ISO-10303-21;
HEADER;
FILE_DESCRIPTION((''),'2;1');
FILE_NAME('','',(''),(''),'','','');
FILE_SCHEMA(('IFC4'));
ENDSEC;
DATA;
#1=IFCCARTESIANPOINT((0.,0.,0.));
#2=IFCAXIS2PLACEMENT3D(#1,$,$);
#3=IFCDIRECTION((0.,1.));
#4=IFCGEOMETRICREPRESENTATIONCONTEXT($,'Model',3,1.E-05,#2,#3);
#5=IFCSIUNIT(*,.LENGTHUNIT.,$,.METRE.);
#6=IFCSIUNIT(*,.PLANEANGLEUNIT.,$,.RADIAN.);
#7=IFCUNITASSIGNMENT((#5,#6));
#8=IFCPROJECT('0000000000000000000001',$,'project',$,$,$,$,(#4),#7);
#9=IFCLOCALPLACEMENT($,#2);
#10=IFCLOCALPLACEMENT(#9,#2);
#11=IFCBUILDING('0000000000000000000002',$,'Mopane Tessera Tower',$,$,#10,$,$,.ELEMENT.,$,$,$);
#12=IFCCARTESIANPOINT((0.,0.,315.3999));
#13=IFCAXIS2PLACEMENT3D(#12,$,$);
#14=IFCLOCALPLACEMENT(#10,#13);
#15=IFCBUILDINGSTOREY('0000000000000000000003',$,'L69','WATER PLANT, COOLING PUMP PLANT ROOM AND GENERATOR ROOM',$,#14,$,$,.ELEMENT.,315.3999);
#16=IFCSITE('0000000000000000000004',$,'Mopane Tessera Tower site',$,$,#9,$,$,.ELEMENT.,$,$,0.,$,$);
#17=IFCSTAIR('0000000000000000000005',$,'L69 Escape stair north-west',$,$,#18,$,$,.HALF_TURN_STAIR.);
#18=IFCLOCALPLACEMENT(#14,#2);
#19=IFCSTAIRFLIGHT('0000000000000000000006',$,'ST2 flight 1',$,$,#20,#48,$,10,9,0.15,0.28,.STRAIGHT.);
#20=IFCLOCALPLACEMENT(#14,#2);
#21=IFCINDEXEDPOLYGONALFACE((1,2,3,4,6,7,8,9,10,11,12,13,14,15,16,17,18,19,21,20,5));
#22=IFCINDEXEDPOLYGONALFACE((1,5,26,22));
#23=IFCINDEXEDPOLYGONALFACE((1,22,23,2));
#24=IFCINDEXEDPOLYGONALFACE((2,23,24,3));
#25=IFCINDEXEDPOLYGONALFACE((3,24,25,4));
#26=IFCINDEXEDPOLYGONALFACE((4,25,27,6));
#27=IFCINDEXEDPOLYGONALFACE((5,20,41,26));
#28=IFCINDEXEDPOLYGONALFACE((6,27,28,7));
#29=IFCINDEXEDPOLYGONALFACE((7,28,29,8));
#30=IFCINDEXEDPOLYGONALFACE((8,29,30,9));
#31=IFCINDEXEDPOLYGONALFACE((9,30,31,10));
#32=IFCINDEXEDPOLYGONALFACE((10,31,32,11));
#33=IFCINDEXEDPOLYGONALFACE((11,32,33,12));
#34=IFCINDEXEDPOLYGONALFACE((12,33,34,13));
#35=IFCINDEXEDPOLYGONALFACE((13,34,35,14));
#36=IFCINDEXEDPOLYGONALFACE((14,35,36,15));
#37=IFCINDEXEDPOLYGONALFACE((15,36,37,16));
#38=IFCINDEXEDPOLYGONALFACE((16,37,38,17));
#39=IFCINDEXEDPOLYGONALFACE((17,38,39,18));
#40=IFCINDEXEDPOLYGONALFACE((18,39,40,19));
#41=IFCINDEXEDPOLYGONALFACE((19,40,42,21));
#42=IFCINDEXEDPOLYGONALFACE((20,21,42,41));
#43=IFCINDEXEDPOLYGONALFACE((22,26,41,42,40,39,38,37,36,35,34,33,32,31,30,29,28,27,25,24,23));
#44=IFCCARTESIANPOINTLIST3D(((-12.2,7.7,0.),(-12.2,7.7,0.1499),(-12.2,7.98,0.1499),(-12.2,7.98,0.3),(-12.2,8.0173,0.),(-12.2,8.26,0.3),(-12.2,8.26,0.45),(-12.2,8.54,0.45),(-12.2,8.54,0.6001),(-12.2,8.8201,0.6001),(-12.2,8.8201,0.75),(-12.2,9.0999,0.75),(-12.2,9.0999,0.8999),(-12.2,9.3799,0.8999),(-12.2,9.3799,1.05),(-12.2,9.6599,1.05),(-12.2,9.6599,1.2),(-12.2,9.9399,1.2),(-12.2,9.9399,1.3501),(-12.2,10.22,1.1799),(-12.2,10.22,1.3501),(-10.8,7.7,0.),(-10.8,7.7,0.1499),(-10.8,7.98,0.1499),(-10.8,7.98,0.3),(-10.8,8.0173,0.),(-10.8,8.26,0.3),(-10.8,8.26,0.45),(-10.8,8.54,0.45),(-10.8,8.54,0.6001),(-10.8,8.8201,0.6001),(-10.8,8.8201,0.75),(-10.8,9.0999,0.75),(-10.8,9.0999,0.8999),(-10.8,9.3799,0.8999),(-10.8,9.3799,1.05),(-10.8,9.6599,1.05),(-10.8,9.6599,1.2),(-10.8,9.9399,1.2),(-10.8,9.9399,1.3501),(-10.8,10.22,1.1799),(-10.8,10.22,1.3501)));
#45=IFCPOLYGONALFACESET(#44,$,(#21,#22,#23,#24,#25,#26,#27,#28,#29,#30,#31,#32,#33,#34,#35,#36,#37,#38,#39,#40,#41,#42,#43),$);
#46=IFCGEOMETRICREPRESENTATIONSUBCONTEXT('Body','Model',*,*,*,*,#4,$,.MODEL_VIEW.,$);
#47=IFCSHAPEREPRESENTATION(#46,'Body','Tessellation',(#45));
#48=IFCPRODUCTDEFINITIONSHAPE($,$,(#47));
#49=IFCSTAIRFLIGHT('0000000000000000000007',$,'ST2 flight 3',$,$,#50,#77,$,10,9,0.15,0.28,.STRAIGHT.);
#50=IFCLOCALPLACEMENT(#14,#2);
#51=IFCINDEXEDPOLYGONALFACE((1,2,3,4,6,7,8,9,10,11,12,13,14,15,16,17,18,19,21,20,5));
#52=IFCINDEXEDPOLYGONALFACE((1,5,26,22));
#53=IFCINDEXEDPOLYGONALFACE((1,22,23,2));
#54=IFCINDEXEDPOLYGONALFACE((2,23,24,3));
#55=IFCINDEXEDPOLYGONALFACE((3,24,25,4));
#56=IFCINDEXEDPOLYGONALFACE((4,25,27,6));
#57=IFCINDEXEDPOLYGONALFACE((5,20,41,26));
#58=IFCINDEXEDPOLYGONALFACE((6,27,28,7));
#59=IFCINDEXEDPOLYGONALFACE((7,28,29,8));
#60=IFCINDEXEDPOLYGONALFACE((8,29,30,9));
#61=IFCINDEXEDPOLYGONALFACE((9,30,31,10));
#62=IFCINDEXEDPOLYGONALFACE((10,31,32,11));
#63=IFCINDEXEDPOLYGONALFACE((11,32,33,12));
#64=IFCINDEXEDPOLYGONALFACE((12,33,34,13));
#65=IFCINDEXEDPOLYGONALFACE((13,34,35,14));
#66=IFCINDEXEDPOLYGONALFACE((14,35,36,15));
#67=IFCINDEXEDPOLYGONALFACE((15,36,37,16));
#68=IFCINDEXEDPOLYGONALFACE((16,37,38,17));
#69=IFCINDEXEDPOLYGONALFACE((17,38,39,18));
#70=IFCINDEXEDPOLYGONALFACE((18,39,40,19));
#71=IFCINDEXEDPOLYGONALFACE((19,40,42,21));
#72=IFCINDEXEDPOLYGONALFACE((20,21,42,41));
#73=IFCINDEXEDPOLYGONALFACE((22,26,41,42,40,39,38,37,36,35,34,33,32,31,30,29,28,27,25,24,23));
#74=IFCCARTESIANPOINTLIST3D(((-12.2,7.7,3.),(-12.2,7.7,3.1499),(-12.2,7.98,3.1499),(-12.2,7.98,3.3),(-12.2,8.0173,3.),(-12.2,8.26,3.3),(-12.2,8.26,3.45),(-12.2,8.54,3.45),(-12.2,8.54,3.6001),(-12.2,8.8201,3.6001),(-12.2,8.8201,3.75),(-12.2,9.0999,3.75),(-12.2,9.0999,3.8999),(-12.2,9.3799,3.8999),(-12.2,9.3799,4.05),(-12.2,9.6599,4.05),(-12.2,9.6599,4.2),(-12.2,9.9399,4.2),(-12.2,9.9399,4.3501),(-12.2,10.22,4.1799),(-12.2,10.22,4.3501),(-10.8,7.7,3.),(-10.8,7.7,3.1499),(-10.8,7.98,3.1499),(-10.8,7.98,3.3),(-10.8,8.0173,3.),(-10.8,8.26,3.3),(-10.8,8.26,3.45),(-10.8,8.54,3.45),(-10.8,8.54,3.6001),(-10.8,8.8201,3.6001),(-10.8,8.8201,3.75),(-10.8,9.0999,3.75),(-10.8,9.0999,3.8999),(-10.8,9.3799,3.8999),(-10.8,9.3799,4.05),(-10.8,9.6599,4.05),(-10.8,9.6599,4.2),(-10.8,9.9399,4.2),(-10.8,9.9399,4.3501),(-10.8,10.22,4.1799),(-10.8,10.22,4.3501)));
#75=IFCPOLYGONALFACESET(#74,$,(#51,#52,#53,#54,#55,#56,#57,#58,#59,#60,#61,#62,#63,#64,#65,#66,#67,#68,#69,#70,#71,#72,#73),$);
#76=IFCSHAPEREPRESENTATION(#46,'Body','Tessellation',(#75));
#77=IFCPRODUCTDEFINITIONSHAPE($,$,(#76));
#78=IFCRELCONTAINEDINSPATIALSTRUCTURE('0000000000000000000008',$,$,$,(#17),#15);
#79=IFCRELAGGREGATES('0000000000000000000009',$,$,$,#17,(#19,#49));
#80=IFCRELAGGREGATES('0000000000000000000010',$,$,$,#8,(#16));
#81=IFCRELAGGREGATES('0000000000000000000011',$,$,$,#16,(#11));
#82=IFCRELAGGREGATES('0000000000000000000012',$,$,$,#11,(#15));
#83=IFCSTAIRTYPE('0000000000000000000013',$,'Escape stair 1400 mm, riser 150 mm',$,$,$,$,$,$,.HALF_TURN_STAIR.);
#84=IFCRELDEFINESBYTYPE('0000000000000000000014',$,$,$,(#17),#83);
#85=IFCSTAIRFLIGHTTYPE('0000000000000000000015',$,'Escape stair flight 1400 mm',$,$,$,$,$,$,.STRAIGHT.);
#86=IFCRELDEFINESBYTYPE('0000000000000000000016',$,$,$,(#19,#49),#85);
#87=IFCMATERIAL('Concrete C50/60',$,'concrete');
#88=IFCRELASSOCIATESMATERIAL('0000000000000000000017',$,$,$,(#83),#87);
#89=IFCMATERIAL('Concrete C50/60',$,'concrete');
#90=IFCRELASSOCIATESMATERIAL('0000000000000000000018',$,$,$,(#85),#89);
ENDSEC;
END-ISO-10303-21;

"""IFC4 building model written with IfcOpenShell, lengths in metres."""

from ifc_helpers import new_model, si_unit, direction, frame, origin, place, context, subcontext, project, spatial, polyline, outline, extrude, material, type_object, element, aggregate, save


model = new_model("IFC4")

# Units and contexts
model_context = context("Model", 3, precision=1e-05, world=origin(), true_north=direction((0.0, 1.0)))
body_context = subcontext(model_context, "Body", "Model", "MODEL_VIEW")
ifc_project = project(units=[si_unit("LENGTHUNIT", "METRE"), si_unit("PLANEANGLEUNIT", "RADIAN")], contexts=[model_context])

# Site, building, storey
site_placement = place(None, origin())
site = spatial("IfcSite", under=ifc_project, at=site_placement, Name="Mopane Tessera Tower site", CompositionType="ELEMENT", RefElevation=0.0)
building_placement = place(site_placement, origin())
building = spatial("IfcBuilding", under=site, at=building_placement, Name="Mopane Tessera Tower", CompositionType="ELEMENT")
storey_placement = place(building_placement, frame((0.0, 0.0, 315.3999)))
storey = spatial("IfcBuildingStorey", under=building, at=storey_placement, Name="L69", Description="WATER PLANT, COOLING PUMP PLANT ROOM AND GENERATOR ROOM", CompositionType="ELEMENT", Elevation=315.3999)

# Stair, stair flights
ifc_material_1 = material(Name="Concrete C50/60", Category="concrete")
stair_type = type_object("IfcStairType", Name="Escape stair 1400 mm, riser 150 mm", PredefinedType="HALF_TURN_STAIR", material=ifc_material_1)
stair_placement = place(storey_placement, origin())
stair = element("IfcStair", 1, at=stair_placement, inside=storey, type_object=stair_type, Name="L69 Escape stair north-west", PredefinedType="HALF_TURN_STAIR")
ifc_material_2 = material(Name="Concrete C50/60", Category="concrete")
stair_flight_type = type_object("IfcStairFlightType", Name="Escape stair flight 1400 mm", PredefinedType="STRAIGHT", material=ifc_material_2)
stair_flight_1_placement = place(storey_placement, frame((-11.5, 7.7, 0.0), z_axis=(0.0, 0.0, 1.0), x_axis=(0.0, 1.0, 0.0)))
stair_flight_1 = element("IfcStairFlight", 2, at=stair_flight_1_placement, type_object=stair_flight_type, Name="ST2 flight 1", NumberOfRisers=10, NumberOfTreads=9, PredefinedType="STRAIGHT", RiserHeight=0.15, TreadLength=0.28, context=body_context, shape_type="SweptSolid", body=[
    extrude(outline(polyline([(0.0, 0.0), (0.0, 0.1499), (0.28, 0.1499), (0.28, 0.3), (0.5601, 0.3), (0.5601, 0.45), (0.8401, 0.45), (0.8401, 0.6001), (1.1201, 0.6001), (1.1201, 0.75), (1.3999, 0.75), (1.3999, 0.8999), (1.6799, 0.8999), (1.6799, 1.05), (1.96, 1.05), (1.96, 1.2), (2.24, 1.2), (2.24, 1.3501), (2.52, 1.3501), (2.52, 1.5), (2.52, 1.1799), (0.3174, 0.0), (0.0, 0.0)])), frame((0.0, 0.7, 0.0), z_axis=(0.0, -1.0, 0.0), x_axis=(1.0, 0.0, 0.0)), (0.0, 0.0, 1.0), 1.3999),
])
stair_flight_2_placement = place(storey_placement, frame((-11.5, 7.7, 3.0), z_axis=(0.0, 0.0, 1.0), x_axis=(0.0, 1.0, 0.0)))
stair_flight_2 = element("IfcStairFlight", 3, at=stair_flight_2_placement, type_object=stair_flight_type, Name="ST2 flight 3", NumberOfRisers=10, NumberOfTreads=9, PredefinedType="STRAIGHT", RiserHeight=0.15, TreadLength=0.28, context=body_context, shape_type="SweptSolid", body=[
    extrude(outline(polyline([(0.0, 0.0), (0.0, 0.1499), (0.28, 0.1499), (0.28, 0.3), (0.5601, 0.3), (0.5601, 0.45), (0.8401, 0.45), (0.8401, 0.6001), (1.1201, 0.6001), (1.1201, 0.75), (1.3999, 0.75), (1.3999, 0.8999), (1.6799, 0.8999), (1.6799, 1.05), (1.96, 1.05), (1.96, 1.2), (2.24, 1.2), (2.24, 1.3501), (2.52, 1.3501), (2.52, 1.5), (2.52, 1.1799), (0.3174, 0.0), (0.0, 0.0)])), frame((0.0, 0.7, 0.0), z_axis=(0.0, -1.0, 0.0), x_axis=(1.0, 0.0, 0.0)), (0.0, 0.0, 1.0), 1.3999),
])
aggregate(stair, [stair_flight_1, stair_flight_2])

save(model, "model.ifc")
